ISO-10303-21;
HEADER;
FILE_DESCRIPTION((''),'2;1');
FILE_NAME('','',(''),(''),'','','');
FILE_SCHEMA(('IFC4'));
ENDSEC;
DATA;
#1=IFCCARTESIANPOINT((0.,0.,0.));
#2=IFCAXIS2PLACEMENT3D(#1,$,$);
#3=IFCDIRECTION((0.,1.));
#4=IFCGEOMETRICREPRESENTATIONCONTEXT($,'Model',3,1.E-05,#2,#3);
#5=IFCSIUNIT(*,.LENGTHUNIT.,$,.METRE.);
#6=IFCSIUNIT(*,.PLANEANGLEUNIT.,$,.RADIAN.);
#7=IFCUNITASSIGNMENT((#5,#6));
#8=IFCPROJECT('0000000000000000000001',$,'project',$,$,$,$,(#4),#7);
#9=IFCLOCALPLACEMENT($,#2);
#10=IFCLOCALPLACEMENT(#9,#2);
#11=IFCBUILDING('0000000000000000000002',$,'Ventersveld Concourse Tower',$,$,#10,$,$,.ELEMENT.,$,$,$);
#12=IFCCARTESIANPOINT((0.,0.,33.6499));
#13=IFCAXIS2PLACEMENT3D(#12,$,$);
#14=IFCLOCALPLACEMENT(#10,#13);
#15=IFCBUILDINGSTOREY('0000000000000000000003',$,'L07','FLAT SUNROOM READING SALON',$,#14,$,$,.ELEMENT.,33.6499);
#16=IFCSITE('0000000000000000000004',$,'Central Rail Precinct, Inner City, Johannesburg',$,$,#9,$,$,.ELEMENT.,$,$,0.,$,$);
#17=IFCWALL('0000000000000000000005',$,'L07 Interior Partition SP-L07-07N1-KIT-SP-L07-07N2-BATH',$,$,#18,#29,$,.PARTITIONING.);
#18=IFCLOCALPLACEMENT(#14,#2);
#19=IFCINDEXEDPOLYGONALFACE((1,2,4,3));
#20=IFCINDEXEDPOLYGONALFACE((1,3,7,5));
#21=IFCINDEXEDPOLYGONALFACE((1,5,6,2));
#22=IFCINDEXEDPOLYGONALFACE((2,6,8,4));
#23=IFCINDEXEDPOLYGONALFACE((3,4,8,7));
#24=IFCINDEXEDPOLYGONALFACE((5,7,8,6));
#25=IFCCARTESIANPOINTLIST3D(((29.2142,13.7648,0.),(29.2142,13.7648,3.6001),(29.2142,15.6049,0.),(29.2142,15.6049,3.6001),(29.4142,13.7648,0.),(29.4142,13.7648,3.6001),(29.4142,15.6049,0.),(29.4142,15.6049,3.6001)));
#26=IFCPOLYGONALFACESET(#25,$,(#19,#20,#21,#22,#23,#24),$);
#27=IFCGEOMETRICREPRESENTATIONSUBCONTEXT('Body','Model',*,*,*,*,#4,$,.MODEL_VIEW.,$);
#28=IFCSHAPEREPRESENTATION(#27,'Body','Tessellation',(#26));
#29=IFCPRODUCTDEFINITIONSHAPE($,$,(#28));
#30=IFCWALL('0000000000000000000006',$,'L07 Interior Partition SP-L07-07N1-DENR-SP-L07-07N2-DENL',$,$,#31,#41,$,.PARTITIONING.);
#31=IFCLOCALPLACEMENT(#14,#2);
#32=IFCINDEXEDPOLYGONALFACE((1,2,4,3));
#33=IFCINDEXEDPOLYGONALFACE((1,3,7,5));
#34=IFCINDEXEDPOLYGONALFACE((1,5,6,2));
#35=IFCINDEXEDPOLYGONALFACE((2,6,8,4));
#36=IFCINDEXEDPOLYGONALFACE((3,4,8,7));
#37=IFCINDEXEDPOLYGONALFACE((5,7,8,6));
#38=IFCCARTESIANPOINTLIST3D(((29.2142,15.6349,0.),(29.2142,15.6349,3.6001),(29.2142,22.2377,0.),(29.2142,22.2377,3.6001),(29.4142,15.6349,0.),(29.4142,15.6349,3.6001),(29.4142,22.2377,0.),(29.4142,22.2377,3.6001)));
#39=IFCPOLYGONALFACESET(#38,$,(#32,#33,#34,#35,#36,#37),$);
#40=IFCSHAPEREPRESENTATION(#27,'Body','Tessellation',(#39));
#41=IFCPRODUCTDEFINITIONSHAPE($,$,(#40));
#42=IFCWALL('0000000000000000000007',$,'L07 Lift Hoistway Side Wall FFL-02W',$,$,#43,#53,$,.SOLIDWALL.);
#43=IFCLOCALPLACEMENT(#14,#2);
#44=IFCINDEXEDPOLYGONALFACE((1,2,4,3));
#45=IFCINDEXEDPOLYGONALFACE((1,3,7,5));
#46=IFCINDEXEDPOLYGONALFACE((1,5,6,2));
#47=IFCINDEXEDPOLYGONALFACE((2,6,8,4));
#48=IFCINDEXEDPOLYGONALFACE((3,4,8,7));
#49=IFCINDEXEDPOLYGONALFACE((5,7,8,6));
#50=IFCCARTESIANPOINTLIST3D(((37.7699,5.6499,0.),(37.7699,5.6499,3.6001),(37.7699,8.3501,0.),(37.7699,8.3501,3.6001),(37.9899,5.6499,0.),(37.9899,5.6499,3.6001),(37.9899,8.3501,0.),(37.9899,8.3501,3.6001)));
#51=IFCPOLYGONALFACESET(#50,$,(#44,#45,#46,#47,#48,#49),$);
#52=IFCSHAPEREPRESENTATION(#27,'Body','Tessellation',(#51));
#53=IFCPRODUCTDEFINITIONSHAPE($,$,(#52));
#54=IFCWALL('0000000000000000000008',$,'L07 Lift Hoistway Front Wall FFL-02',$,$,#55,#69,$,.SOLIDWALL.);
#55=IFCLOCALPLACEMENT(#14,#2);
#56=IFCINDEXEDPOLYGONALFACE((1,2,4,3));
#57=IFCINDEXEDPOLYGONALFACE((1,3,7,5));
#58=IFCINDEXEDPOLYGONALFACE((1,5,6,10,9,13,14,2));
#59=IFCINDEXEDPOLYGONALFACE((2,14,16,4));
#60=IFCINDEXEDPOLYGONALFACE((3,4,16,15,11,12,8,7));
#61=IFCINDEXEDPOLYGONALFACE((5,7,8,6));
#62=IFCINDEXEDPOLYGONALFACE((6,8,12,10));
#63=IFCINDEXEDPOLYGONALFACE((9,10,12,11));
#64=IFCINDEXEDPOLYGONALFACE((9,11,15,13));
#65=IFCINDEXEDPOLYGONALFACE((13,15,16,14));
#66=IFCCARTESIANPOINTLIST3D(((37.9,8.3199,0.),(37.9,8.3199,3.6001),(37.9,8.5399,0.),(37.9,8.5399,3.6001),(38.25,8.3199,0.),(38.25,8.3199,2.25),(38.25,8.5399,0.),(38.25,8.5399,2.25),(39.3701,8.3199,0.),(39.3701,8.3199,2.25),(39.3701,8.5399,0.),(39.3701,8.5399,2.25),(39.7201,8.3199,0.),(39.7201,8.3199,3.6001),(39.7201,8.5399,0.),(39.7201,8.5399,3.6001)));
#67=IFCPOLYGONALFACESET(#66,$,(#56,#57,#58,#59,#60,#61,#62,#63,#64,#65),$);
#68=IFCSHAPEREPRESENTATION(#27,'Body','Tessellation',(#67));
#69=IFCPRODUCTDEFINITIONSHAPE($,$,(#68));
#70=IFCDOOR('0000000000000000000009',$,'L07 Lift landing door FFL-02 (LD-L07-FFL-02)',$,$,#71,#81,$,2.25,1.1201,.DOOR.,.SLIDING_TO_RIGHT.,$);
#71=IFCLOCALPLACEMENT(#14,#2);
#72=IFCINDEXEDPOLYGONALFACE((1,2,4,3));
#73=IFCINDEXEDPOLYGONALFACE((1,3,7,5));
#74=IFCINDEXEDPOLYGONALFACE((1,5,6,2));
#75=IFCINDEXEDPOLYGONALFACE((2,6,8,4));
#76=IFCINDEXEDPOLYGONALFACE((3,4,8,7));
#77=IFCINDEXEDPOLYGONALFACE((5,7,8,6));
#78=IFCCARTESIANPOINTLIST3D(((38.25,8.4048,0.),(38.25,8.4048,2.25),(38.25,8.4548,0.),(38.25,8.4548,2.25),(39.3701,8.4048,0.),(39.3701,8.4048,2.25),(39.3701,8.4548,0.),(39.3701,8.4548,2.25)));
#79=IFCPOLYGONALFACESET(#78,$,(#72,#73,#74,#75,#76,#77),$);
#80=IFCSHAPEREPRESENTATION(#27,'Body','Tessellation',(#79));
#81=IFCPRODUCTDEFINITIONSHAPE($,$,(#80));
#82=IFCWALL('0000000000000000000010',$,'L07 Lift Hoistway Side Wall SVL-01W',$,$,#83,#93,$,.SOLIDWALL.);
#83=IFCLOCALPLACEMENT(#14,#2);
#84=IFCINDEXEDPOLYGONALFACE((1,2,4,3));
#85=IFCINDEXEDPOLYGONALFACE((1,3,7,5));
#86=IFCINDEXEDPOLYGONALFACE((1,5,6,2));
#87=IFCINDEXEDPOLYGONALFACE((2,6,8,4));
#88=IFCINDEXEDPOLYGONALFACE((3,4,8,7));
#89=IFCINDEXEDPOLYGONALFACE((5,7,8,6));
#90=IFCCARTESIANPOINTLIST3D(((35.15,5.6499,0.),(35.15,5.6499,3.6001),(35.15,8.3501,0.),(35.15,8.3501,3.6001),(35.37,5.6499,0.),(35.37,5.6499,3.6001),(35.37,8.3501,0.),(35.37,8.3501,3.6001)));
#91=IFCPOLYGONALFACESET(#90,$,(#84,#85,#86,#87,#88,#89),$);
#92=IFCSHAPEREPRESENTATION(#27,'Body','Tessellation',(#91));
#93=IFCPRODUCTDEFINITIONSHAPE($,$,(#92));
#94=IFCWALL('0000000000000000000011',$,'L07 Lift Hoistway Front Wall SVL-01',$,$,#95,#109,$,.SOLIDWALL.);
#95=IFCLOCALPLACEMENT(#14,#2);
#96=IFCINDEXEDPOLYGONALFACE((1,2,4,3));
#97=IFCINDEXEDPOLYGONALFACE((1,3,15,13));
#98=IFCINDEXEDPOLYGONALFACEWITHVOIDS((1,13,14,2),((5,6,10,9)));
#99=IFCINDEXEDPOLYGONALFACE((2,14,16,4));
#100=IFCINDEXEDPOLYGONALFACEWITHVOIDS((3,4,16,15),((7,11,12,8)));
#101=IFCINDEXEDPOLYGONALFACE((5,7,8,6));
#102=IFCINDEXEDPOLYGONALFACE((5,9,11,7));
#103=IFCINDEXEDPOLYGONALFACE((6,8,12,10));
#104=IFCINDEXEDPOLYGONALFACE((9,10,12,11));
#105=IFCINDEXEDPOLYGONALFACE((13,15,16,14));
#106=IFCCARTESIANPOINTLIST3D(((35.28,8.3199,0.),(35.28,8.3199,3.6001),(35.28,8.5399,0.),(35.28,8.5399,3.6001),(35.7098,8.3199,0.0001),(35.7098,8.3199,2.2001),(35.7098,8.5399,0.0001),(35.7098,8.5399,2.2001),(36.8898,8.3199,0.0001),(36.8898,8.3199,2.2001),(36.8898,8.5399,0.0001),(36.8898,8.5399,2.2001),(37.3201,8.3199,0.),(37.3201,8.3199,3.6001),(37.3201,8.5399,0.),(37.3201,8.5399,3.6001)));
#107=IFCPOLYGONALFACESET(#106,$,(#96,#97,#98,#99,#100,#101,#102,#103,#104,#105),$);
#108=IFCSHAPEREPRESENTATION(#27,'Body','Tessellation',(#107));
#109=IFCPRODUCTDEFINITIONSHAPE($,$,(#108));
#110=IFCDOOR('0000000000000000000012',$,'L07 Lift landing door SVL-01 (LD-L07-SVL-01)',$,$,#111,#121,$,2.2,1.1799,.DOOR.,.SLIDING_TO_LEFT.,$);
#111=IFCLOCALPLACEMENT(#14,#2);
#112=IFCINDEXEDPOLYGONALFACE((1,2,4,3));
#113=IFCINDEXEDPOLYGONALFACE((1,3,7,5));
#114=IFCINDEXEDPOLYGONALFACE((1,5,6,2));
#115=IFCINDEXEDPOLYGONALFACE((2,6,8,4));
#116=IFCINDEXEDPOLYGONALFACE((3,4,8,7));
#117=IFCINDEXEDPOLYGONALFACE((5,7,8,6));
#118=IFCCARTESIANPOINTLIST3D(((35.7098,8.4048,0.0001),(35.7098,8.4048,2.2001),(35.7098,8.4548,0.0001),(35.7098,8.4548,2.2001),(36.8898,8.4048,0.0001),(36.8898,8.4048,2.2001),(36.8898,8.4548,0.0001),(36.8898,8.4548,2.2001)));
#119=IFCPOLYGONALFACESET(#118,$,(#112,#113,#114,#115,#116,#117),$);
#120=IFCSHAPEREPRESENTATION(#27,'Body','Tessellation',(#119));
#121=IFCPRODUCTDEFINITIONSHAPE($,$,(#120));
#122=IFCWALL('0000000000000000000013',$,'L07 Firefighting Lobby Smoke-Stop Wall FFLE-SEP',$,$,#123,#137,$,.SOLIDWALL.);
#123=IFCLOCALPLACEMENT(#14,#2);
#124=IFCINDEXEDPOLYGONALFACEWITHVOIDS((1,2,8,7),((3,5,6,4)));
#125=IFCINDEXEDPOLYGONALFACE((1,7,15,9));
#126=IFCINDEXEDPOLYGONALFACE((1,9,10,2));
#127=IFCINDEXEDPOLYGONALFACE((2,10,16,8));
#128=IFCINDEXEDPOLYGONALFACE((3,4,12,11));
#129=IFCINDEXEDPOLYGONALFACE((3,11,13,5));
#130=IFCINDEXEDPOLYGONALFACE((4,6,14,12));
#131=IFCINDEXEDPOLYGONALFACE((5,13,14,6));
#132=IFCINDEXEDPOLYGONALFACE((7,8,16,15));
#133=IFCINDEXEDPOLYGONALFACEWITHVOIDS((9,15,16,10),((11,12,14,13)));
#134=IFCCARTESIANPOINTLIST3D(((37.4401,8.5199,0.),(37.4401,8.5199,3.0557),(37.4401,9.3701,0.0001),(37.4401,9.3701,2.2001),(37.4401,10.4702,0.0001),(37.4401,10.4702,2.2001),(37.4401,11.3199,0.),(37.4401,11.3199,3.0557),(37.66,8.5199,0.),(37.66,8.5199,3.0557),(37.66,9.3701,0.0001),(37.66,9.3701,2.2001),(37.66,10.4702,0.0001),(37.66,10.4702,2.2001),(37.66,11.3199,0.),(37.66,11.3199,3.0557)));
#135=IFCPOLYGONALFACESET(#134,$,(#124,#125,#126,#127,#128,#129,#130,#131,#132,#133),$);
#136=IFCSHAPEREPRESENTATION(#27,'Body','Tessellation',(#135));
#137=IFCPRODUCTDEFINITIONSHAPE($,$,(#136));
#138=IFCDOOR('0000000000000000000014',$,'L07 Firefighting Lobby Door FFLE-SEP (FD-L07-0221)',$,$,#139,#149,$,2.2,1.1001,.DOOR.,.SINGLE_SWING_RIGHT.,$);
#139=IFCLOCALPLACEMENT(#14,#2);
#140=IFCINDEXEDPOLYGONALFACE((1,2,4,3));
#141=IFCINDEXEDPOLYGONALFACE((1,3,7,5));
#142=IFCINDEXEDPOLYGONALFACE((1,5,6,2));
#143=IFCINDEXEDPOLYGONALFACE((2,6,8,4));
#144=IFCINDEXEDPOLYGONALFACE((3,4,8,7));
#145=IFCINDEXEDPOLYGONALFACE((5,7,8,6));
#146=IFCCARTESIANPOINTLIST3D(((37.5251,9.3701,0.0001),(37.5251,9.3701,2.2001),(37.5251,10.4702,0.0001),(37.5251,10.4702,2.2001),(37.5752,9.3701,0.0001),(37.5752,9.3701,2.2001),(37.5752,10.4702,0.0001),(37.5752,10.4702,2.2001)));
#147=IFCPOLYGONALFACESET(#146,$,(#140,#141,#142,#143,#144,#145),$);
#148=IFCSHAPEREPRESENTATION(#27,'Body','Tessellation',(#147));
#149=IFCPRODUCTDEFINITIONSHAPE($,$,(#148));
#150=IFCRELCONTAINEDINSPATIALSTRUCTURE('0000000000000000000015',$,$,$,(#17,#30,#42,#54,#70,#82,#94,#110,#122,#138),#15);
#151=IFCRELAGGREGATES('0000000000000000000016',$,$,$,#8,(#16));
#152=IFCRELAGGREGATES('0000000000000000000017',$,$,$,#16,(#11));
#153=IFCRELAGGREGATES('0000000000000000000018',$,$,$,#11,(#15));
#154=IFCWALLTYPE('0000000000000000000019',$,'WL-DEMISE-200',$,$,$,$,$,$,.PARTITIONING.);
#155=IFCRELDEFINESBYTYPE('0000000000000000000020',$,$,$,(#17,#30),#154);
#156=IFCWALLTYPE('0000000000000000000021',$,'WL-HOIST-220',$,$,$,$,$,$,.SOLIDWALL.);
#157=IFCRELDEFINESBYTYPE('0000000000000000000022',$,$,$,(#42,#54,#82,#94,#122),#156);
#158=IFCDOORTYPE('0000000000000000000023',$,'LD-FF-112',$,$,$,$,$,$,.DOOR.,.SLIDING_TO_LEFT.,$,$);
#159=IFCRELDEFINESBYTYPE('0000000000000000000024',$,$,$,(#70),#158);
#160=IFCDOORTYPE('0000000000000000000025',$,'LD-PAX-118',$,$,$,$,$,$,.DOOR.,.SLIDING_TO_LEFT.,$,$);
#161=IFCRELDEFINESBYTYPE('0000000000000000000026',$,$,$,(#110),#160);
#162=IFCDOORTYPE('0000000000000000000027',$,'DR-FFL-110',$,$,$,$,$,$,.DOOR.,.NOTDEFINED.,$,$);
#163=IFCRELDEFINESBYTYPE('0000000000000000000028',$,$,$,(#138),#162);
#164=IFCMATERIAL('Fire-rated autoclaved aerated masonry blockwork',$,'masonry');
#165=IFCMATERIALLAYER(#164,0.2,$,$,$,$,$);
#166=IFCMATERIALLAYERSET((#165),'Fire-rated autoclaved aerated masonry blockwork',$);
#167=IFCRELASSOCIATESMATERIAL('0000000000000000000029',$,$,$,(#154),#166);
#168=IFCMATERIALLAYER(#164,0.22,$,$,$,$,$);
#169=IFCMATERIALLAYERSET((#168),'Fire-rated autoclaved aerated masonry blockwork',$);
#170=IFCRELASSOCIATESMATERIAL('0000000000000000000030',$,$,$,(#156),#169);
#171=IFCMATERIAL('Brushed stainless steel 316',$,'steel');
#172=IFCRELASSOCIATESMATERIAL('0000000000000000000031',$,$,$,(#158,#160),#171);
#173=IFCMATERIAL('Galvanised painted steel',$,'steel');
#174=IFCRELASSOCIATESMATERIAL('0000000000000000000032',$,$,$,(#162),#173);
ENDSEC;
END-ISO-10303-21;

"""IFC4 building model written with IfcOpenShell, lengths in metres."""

from ifc_helpers import new_model, si_unit, direction, frame, frame_2d, origin, place, context, subcontext, project, spatial, rectangle, extrude, material, layer, layer_set, type_object, element, fill, save


model = new_model("IFC4")

# Units and contexts
model_context = context("Model", 3, precision=1e-05, world=origin(), true_north=direction((0.0, 1.0)))
body_context = subcontext(model_context, "Body", "Model", "MODEL_VIEW")
ifc_project = project(units=[si_unit("LENGTHUNIT", "METRE"), si_unit("PLANEANGLEUNIT", "RADIAN")], contexts=[model_context])

# Site, building, storey
site_placement = place(None, origin())
site = spatial("IfcSite", under=ifc_project, at=site_placement, Name="Central Rail Precinct, Inner City, Johannesburg", CompositionType="ELEMENT", RefElevation=0.0)
building_placement = place(site_placement, origin())
building = spatial("IfcBuilding", under=site, at=building_placement, Name="Ventersveld Concourse Tower", CompositionType="ELEMENT")
storey_placement = place(building_placement, frame((0.0, 0.0, 33.6499)))
storey = spatial("IfcBuildingStorey", under=building, at=storey_placement, Name="L07", Description="FLAT SUNROOM READING SALON", CompositionType="ELEMENT", Elevation=33.6499)

# Shared definitions
ifc_material_1 = material(Name="Fire-rated autoclaved aerated masonry blockwork", Category="masonry")
ifc_material_2 = material(Name="Galvanised painted steel", Category="steel")

# Walls
ifc_layer_1 = layer(ifc_material_1, 0.2)
ifc_layer_set_1 = layer_set([ifc_layer_1], Name="Fire-rated autoclaved aerated masonry blockwork")
wall_type_1 = type_object("IfcWallType", Name="WL-DEMISE-200", PredefinedType="PARTITIONING", material=ifc_layer_set_1)
wall_1_placement = place(storey_placement, frame((29.3142, 13.7649, 0.0), z_axis=(0.0, 0.0, 1.0), x_axis=(0.0, 1.0, 0.0)))
element("IfcWall", 1, at=wall_1_placement, inside=storey, type_object=wall_type_1, Name="L07 Interior Partition SP-L07-07N1-KIT-SP-L07-07N2-BATH", PredefinedType="PARTITIONING", context=body_context, shape_type="SweptSolid", body=[
    extrude(rectangle(XDim=1.8401, YDim=0.2, at=frame_2d((0.9199, 0.0))), origin(), (0.0, 0.0, 1.0), 3.6001),
])
wall_2_placement = place(storey_placement, frame((29.3142, 15.635, 0.0), z_axis=(0.0, 0.0, 1.0), x_axis=(0.0, 1.0, 0.0)))
element("IfcWall", 2, at=wall_2_placement, inside=storey, type_object=wall_type_1, Name="L07 Interior Partition SP-L07-07N1-DENR-SP-L07-07N2-DENL", PredefinedType="PARTITIONING", context=body_context, shape_type="SweptSolid", body=[
    extrude(rectangle(XDim=6.6028, YDim=0.2, at=frame_2d((3.3013, 0.0))), origin(), (0.0, 0.0, 1.0), 3.6001),
])
ifc_layer_2 = layer(ifc_material_1, 0.22)
ifc_layer_set_2 = layer_set([ifc_layer_2], Name="Fire-rated autoclaved aerated masonry blockwork")
wall_type_2 = type_object("IfcWallType", Name="WL-HOIST-220", PredefinedType="SOLIDWALL", material=ifc_layer_set_2)
wall_3_placement = place(storey_placement, frame((37.8799, 5.6499, 0.0), z_axis=(0.0, 0.0, 1.0), x_axis=(0.0, 1.0, 0.0)))
element("IfcWall", 3, at=wall_3_placement, inside=storey, type_object=wall_type_2, Name="L07 Lift Hoistway Side Wall FFL-02W", PredefinedType="SOLIDWALL", context=body_context, shape_type="SweptSolid", body=[
    extrude(rectangle(XDim=2.7002, YDim=0.22, at=frame_2d((1.3501, 0.0))), origin(), (0.0, 0.0, 1.0), 3.6001),
])

# Wall, opening, door
wall_4_placement = place(storey_placement, frame((37.8999, 8.4299, 0.0), z_axis=(0.0, 0.0, 1.0), x_axis=(1.0, 0.0, 0.0)))
wall_4 = element("IfcWall", 4, at=wall_4_placement, inside=storey, type_object=wall_type_2, Name="L07 Lift Hoistway Front Wall FFL-02", PredefinedType="SOLIDWALL", context=body_context, shape_type="SweptSolid", body=[
    extrude(rectangle(XDim=1.8201, YDim=0.22, at=frame_2d((0.9102, 0.0))), origin(), (0.0, 0.0, 1.0), 3.6001),
])
opening_1_placement = place(wall_4_placement, frame((0.3501, 0.0, 0.0)))
opening_1 = element("IfcOpeningElement", 5, at=opening_1_placement, cuts=wall_4, PredefinedType="OPENING", context=body_context, shape_type="SweptSolid", body=[
    extrude(rectangle(XDim=1.1201, YDim=2.25, at=frame_2d((0.5601, 1.125))), frame((0.0, 0.1201, 0.0), z_axis=(0.0, -1.0, 0.0), x_axis=(1.0, 0.0, 0.0)), (0.0, 0.0, 1.0), 0.24),
])
ifc_material_3 = material(Name="Brushed stainless steel 316", Category="steel")
door_type_1 = type_object("IfcDoorType", Name="LD-FF-112", OperationType="SLIDING_TO_LEFT", PredefinedType="DOOR", material=ifc_material_3)
door_1_placement = place(opening_1_placement, origin())
door_1 = element("IfcDoor", 6, at=door_1_placement, inside=storey, type_object=door_type_1, Name="L07 Lift landing door FFL-02 (LD-L07-FFL-02)", OperationType="SLIDING_TO_RIGHT", OverallHeight=2.25, OverallWidth=1.1201, PredefinedType="DOOR", context=body_context, shape_type="SweptSolid", body=[
    extrude(rectangle(XDim=1.1201, YDim=2.25, at=frame_2d((0.5601, 1.125))), frame((0.0, 0.0249, 0.0), z_axis=(0.0, -1.0, 0.0), x_axis=(1.0, 0.0, 0.0)), (0.0, 0.0, 1.0), 0.05),
])
fill(opening_1, door_1)

# Wall
wall_5_placement = place(storey_placement, frame((35.26, 5.6499, 0.0), z_axis=(0.0, 0.0, 1.0), x_axis=(0.0, 1.0, 0.0)))
element("IfcWall", 7, at=wall_5_placement, inside=storey, type_object=wall_type_2, Name="L07 Lift Hoistway Side Wall SVL-01W", PredefinedType="SOLIDWALL", context=body_context, shape_type="SweptSolid", body=[
    extrude(rectangle(XDim=2.7002, YDim=0.22, at=frame_2d((1.3501, 0.0))), origin(), (0.0, 0.0, 1.0), 3.6001),
])

# Walls, openings, doors
wall_6_placement = place(storey_placement, frame((35.28, 8.4299, 0.0), z_axis=(0.0, 0.0, 1.0), x_axis=(1.0, 0.0, 0.0)))
wall_6 = element("IfcWall", 8, at=wall_6_placement, inside=storey, type_object=wall_type_2, Name="L07 Lift Hoistway Front Wall SVL-01", PredefinedType="SOLIDWALL", context=body_context, shape_type="SweptSolid", body=[
    extrude(rectangle(XDim=2.04, YDim=0.22, at=frame_2d((1.02, 0.0))), origin(), (0.0, 0.0, 1.0), 3.6001),
])
opening_2_placement = place(wall_6_placement, frame((0.4299, 0.0, 0.0)))
opening_2 = element("IfcOpeningElement", 9, at=opening_2_placement, cuts=wall_6, PredefinedType="OPENING", context=body_context, shape_type="SweptSolid", body=[
    extrude(rectangle(XDim=1.1799, YDim=2.2, at=frame_2d((0.5898, 1.1001))), frame((0.0, 0.1201, 0.0), z_axis=(0.0, -1.0, 0.0), x_axis=(1.0, 0.0, 0.0)), (0.0, 0.0, 1.0), 0.24),
])
door_type_2 = type_object("IfcDoorType", Name="LD-PAX-118", OperationType="SLIDING_TO_LEFT", PredefinedType="DOOR", material=ifc_material_3)
door_2_placement = place(opening_2_placement, origin())
door_2 = element("IfcDoor", 10, at=door_2_placement, inside=storey, type_object=door_type_2, Name="L07 Lift landing door SVL-01 (LD-L07-SVL-01)", OperationType="SLIDING_TO_LEFT", OverallHeight=2.2, OverallWidth=1.1799, PredefinedType="DOOR", context=body_context, shape_type="SweptSolid", body=[
    extrude(rectangle(XDim=1.1799, YDim=2.2, at=frame_2d((0.5898, 1.1001))), frame((0.0, 0.0249, 0.0), z_axis=(0.0, -1.0, 0.0), x_axis=(1.0, 0.0, 0.0)), (0.0, 0.0, 1.0), 0.05),
])
fill(opening_2, door_2)
wall_7_placement = place(storey_placement, frame((37.55, 8.52, 0.0), z_axis=(0.0, 0.0, 1.0), x_axis=(0.0, 1.0, 0.0)))
wall_7 = element("IfcWall", 11, at=wall_7_placement, inside=storey, type_object=wall_type_2, Name="L07 Firefighting Lobby Smoke-Stop Wall FFLE-SEP", PredefinedType="SOLIDWALL", context=body_context, shape_type="SweptSolid", body=[
    extrude(rectangle(XDim=2.8, YDim=0.22, at=frame_2d((1.3999, 0.0))), origin(), (0.0, 0.0, 1.0), 3.0557),
])
opening_3_placement = place(wall_7_placement, frame((0.8501, 0.0, 0.0)))
opening_3 = element("IfcOpeningElement", 12, at=opening_3_placement, cuts=wall_7, PredefinedType="OPENING", context=body_context, shape_type="SweptSolid", body=[
    extrude(rectangle(XDim=1.1001, YDim=2.2, at=frame_2d((0.55, 1.1001))), frame((0.0, 0.1201, 0.0), z_axis=(0.0, -1.0, 0.0), x_axis=(1.0, 0.0, 0.0)), (0.0, 0.0, 1.0), 0.24),
])
door_type_3 = type_object("IfcDoorType", Name="DR-FFL-110", OperationType="NOTDEFINED", PredefinedType="DOOR", material=ifc_material_2)
door_3_placement = place(opening_3_placement, origin())
door_3 = element("IfcDoor", 13, at=door_3_placement, inside=storey, type_object=door_type_3, Name="L07 Firefighting Lobby Door FFLE-SEP (FD-L07-0221)", OperationType="SINGLE_SWING_RIGHT", OverallHeight=2.2, OverallWidth=1.1001, PredefinedType="DOOR", context=body_context, shape_type="SweptSolid", body=[
    extrude(rectangle(XDim=1.1001, YDim=2.2, at=frame_2d((0.55, 1.1001))), frame((0.0, 0.0249, 0.0), z_axis=(0.0, -1.0, 0.0), x_axis=(1.0, 0.0, 0.0)), (0.0, 0.0, 1.0), 0.05),
])
fill(opening_3, door_3)

save(model, "model.ifc")
